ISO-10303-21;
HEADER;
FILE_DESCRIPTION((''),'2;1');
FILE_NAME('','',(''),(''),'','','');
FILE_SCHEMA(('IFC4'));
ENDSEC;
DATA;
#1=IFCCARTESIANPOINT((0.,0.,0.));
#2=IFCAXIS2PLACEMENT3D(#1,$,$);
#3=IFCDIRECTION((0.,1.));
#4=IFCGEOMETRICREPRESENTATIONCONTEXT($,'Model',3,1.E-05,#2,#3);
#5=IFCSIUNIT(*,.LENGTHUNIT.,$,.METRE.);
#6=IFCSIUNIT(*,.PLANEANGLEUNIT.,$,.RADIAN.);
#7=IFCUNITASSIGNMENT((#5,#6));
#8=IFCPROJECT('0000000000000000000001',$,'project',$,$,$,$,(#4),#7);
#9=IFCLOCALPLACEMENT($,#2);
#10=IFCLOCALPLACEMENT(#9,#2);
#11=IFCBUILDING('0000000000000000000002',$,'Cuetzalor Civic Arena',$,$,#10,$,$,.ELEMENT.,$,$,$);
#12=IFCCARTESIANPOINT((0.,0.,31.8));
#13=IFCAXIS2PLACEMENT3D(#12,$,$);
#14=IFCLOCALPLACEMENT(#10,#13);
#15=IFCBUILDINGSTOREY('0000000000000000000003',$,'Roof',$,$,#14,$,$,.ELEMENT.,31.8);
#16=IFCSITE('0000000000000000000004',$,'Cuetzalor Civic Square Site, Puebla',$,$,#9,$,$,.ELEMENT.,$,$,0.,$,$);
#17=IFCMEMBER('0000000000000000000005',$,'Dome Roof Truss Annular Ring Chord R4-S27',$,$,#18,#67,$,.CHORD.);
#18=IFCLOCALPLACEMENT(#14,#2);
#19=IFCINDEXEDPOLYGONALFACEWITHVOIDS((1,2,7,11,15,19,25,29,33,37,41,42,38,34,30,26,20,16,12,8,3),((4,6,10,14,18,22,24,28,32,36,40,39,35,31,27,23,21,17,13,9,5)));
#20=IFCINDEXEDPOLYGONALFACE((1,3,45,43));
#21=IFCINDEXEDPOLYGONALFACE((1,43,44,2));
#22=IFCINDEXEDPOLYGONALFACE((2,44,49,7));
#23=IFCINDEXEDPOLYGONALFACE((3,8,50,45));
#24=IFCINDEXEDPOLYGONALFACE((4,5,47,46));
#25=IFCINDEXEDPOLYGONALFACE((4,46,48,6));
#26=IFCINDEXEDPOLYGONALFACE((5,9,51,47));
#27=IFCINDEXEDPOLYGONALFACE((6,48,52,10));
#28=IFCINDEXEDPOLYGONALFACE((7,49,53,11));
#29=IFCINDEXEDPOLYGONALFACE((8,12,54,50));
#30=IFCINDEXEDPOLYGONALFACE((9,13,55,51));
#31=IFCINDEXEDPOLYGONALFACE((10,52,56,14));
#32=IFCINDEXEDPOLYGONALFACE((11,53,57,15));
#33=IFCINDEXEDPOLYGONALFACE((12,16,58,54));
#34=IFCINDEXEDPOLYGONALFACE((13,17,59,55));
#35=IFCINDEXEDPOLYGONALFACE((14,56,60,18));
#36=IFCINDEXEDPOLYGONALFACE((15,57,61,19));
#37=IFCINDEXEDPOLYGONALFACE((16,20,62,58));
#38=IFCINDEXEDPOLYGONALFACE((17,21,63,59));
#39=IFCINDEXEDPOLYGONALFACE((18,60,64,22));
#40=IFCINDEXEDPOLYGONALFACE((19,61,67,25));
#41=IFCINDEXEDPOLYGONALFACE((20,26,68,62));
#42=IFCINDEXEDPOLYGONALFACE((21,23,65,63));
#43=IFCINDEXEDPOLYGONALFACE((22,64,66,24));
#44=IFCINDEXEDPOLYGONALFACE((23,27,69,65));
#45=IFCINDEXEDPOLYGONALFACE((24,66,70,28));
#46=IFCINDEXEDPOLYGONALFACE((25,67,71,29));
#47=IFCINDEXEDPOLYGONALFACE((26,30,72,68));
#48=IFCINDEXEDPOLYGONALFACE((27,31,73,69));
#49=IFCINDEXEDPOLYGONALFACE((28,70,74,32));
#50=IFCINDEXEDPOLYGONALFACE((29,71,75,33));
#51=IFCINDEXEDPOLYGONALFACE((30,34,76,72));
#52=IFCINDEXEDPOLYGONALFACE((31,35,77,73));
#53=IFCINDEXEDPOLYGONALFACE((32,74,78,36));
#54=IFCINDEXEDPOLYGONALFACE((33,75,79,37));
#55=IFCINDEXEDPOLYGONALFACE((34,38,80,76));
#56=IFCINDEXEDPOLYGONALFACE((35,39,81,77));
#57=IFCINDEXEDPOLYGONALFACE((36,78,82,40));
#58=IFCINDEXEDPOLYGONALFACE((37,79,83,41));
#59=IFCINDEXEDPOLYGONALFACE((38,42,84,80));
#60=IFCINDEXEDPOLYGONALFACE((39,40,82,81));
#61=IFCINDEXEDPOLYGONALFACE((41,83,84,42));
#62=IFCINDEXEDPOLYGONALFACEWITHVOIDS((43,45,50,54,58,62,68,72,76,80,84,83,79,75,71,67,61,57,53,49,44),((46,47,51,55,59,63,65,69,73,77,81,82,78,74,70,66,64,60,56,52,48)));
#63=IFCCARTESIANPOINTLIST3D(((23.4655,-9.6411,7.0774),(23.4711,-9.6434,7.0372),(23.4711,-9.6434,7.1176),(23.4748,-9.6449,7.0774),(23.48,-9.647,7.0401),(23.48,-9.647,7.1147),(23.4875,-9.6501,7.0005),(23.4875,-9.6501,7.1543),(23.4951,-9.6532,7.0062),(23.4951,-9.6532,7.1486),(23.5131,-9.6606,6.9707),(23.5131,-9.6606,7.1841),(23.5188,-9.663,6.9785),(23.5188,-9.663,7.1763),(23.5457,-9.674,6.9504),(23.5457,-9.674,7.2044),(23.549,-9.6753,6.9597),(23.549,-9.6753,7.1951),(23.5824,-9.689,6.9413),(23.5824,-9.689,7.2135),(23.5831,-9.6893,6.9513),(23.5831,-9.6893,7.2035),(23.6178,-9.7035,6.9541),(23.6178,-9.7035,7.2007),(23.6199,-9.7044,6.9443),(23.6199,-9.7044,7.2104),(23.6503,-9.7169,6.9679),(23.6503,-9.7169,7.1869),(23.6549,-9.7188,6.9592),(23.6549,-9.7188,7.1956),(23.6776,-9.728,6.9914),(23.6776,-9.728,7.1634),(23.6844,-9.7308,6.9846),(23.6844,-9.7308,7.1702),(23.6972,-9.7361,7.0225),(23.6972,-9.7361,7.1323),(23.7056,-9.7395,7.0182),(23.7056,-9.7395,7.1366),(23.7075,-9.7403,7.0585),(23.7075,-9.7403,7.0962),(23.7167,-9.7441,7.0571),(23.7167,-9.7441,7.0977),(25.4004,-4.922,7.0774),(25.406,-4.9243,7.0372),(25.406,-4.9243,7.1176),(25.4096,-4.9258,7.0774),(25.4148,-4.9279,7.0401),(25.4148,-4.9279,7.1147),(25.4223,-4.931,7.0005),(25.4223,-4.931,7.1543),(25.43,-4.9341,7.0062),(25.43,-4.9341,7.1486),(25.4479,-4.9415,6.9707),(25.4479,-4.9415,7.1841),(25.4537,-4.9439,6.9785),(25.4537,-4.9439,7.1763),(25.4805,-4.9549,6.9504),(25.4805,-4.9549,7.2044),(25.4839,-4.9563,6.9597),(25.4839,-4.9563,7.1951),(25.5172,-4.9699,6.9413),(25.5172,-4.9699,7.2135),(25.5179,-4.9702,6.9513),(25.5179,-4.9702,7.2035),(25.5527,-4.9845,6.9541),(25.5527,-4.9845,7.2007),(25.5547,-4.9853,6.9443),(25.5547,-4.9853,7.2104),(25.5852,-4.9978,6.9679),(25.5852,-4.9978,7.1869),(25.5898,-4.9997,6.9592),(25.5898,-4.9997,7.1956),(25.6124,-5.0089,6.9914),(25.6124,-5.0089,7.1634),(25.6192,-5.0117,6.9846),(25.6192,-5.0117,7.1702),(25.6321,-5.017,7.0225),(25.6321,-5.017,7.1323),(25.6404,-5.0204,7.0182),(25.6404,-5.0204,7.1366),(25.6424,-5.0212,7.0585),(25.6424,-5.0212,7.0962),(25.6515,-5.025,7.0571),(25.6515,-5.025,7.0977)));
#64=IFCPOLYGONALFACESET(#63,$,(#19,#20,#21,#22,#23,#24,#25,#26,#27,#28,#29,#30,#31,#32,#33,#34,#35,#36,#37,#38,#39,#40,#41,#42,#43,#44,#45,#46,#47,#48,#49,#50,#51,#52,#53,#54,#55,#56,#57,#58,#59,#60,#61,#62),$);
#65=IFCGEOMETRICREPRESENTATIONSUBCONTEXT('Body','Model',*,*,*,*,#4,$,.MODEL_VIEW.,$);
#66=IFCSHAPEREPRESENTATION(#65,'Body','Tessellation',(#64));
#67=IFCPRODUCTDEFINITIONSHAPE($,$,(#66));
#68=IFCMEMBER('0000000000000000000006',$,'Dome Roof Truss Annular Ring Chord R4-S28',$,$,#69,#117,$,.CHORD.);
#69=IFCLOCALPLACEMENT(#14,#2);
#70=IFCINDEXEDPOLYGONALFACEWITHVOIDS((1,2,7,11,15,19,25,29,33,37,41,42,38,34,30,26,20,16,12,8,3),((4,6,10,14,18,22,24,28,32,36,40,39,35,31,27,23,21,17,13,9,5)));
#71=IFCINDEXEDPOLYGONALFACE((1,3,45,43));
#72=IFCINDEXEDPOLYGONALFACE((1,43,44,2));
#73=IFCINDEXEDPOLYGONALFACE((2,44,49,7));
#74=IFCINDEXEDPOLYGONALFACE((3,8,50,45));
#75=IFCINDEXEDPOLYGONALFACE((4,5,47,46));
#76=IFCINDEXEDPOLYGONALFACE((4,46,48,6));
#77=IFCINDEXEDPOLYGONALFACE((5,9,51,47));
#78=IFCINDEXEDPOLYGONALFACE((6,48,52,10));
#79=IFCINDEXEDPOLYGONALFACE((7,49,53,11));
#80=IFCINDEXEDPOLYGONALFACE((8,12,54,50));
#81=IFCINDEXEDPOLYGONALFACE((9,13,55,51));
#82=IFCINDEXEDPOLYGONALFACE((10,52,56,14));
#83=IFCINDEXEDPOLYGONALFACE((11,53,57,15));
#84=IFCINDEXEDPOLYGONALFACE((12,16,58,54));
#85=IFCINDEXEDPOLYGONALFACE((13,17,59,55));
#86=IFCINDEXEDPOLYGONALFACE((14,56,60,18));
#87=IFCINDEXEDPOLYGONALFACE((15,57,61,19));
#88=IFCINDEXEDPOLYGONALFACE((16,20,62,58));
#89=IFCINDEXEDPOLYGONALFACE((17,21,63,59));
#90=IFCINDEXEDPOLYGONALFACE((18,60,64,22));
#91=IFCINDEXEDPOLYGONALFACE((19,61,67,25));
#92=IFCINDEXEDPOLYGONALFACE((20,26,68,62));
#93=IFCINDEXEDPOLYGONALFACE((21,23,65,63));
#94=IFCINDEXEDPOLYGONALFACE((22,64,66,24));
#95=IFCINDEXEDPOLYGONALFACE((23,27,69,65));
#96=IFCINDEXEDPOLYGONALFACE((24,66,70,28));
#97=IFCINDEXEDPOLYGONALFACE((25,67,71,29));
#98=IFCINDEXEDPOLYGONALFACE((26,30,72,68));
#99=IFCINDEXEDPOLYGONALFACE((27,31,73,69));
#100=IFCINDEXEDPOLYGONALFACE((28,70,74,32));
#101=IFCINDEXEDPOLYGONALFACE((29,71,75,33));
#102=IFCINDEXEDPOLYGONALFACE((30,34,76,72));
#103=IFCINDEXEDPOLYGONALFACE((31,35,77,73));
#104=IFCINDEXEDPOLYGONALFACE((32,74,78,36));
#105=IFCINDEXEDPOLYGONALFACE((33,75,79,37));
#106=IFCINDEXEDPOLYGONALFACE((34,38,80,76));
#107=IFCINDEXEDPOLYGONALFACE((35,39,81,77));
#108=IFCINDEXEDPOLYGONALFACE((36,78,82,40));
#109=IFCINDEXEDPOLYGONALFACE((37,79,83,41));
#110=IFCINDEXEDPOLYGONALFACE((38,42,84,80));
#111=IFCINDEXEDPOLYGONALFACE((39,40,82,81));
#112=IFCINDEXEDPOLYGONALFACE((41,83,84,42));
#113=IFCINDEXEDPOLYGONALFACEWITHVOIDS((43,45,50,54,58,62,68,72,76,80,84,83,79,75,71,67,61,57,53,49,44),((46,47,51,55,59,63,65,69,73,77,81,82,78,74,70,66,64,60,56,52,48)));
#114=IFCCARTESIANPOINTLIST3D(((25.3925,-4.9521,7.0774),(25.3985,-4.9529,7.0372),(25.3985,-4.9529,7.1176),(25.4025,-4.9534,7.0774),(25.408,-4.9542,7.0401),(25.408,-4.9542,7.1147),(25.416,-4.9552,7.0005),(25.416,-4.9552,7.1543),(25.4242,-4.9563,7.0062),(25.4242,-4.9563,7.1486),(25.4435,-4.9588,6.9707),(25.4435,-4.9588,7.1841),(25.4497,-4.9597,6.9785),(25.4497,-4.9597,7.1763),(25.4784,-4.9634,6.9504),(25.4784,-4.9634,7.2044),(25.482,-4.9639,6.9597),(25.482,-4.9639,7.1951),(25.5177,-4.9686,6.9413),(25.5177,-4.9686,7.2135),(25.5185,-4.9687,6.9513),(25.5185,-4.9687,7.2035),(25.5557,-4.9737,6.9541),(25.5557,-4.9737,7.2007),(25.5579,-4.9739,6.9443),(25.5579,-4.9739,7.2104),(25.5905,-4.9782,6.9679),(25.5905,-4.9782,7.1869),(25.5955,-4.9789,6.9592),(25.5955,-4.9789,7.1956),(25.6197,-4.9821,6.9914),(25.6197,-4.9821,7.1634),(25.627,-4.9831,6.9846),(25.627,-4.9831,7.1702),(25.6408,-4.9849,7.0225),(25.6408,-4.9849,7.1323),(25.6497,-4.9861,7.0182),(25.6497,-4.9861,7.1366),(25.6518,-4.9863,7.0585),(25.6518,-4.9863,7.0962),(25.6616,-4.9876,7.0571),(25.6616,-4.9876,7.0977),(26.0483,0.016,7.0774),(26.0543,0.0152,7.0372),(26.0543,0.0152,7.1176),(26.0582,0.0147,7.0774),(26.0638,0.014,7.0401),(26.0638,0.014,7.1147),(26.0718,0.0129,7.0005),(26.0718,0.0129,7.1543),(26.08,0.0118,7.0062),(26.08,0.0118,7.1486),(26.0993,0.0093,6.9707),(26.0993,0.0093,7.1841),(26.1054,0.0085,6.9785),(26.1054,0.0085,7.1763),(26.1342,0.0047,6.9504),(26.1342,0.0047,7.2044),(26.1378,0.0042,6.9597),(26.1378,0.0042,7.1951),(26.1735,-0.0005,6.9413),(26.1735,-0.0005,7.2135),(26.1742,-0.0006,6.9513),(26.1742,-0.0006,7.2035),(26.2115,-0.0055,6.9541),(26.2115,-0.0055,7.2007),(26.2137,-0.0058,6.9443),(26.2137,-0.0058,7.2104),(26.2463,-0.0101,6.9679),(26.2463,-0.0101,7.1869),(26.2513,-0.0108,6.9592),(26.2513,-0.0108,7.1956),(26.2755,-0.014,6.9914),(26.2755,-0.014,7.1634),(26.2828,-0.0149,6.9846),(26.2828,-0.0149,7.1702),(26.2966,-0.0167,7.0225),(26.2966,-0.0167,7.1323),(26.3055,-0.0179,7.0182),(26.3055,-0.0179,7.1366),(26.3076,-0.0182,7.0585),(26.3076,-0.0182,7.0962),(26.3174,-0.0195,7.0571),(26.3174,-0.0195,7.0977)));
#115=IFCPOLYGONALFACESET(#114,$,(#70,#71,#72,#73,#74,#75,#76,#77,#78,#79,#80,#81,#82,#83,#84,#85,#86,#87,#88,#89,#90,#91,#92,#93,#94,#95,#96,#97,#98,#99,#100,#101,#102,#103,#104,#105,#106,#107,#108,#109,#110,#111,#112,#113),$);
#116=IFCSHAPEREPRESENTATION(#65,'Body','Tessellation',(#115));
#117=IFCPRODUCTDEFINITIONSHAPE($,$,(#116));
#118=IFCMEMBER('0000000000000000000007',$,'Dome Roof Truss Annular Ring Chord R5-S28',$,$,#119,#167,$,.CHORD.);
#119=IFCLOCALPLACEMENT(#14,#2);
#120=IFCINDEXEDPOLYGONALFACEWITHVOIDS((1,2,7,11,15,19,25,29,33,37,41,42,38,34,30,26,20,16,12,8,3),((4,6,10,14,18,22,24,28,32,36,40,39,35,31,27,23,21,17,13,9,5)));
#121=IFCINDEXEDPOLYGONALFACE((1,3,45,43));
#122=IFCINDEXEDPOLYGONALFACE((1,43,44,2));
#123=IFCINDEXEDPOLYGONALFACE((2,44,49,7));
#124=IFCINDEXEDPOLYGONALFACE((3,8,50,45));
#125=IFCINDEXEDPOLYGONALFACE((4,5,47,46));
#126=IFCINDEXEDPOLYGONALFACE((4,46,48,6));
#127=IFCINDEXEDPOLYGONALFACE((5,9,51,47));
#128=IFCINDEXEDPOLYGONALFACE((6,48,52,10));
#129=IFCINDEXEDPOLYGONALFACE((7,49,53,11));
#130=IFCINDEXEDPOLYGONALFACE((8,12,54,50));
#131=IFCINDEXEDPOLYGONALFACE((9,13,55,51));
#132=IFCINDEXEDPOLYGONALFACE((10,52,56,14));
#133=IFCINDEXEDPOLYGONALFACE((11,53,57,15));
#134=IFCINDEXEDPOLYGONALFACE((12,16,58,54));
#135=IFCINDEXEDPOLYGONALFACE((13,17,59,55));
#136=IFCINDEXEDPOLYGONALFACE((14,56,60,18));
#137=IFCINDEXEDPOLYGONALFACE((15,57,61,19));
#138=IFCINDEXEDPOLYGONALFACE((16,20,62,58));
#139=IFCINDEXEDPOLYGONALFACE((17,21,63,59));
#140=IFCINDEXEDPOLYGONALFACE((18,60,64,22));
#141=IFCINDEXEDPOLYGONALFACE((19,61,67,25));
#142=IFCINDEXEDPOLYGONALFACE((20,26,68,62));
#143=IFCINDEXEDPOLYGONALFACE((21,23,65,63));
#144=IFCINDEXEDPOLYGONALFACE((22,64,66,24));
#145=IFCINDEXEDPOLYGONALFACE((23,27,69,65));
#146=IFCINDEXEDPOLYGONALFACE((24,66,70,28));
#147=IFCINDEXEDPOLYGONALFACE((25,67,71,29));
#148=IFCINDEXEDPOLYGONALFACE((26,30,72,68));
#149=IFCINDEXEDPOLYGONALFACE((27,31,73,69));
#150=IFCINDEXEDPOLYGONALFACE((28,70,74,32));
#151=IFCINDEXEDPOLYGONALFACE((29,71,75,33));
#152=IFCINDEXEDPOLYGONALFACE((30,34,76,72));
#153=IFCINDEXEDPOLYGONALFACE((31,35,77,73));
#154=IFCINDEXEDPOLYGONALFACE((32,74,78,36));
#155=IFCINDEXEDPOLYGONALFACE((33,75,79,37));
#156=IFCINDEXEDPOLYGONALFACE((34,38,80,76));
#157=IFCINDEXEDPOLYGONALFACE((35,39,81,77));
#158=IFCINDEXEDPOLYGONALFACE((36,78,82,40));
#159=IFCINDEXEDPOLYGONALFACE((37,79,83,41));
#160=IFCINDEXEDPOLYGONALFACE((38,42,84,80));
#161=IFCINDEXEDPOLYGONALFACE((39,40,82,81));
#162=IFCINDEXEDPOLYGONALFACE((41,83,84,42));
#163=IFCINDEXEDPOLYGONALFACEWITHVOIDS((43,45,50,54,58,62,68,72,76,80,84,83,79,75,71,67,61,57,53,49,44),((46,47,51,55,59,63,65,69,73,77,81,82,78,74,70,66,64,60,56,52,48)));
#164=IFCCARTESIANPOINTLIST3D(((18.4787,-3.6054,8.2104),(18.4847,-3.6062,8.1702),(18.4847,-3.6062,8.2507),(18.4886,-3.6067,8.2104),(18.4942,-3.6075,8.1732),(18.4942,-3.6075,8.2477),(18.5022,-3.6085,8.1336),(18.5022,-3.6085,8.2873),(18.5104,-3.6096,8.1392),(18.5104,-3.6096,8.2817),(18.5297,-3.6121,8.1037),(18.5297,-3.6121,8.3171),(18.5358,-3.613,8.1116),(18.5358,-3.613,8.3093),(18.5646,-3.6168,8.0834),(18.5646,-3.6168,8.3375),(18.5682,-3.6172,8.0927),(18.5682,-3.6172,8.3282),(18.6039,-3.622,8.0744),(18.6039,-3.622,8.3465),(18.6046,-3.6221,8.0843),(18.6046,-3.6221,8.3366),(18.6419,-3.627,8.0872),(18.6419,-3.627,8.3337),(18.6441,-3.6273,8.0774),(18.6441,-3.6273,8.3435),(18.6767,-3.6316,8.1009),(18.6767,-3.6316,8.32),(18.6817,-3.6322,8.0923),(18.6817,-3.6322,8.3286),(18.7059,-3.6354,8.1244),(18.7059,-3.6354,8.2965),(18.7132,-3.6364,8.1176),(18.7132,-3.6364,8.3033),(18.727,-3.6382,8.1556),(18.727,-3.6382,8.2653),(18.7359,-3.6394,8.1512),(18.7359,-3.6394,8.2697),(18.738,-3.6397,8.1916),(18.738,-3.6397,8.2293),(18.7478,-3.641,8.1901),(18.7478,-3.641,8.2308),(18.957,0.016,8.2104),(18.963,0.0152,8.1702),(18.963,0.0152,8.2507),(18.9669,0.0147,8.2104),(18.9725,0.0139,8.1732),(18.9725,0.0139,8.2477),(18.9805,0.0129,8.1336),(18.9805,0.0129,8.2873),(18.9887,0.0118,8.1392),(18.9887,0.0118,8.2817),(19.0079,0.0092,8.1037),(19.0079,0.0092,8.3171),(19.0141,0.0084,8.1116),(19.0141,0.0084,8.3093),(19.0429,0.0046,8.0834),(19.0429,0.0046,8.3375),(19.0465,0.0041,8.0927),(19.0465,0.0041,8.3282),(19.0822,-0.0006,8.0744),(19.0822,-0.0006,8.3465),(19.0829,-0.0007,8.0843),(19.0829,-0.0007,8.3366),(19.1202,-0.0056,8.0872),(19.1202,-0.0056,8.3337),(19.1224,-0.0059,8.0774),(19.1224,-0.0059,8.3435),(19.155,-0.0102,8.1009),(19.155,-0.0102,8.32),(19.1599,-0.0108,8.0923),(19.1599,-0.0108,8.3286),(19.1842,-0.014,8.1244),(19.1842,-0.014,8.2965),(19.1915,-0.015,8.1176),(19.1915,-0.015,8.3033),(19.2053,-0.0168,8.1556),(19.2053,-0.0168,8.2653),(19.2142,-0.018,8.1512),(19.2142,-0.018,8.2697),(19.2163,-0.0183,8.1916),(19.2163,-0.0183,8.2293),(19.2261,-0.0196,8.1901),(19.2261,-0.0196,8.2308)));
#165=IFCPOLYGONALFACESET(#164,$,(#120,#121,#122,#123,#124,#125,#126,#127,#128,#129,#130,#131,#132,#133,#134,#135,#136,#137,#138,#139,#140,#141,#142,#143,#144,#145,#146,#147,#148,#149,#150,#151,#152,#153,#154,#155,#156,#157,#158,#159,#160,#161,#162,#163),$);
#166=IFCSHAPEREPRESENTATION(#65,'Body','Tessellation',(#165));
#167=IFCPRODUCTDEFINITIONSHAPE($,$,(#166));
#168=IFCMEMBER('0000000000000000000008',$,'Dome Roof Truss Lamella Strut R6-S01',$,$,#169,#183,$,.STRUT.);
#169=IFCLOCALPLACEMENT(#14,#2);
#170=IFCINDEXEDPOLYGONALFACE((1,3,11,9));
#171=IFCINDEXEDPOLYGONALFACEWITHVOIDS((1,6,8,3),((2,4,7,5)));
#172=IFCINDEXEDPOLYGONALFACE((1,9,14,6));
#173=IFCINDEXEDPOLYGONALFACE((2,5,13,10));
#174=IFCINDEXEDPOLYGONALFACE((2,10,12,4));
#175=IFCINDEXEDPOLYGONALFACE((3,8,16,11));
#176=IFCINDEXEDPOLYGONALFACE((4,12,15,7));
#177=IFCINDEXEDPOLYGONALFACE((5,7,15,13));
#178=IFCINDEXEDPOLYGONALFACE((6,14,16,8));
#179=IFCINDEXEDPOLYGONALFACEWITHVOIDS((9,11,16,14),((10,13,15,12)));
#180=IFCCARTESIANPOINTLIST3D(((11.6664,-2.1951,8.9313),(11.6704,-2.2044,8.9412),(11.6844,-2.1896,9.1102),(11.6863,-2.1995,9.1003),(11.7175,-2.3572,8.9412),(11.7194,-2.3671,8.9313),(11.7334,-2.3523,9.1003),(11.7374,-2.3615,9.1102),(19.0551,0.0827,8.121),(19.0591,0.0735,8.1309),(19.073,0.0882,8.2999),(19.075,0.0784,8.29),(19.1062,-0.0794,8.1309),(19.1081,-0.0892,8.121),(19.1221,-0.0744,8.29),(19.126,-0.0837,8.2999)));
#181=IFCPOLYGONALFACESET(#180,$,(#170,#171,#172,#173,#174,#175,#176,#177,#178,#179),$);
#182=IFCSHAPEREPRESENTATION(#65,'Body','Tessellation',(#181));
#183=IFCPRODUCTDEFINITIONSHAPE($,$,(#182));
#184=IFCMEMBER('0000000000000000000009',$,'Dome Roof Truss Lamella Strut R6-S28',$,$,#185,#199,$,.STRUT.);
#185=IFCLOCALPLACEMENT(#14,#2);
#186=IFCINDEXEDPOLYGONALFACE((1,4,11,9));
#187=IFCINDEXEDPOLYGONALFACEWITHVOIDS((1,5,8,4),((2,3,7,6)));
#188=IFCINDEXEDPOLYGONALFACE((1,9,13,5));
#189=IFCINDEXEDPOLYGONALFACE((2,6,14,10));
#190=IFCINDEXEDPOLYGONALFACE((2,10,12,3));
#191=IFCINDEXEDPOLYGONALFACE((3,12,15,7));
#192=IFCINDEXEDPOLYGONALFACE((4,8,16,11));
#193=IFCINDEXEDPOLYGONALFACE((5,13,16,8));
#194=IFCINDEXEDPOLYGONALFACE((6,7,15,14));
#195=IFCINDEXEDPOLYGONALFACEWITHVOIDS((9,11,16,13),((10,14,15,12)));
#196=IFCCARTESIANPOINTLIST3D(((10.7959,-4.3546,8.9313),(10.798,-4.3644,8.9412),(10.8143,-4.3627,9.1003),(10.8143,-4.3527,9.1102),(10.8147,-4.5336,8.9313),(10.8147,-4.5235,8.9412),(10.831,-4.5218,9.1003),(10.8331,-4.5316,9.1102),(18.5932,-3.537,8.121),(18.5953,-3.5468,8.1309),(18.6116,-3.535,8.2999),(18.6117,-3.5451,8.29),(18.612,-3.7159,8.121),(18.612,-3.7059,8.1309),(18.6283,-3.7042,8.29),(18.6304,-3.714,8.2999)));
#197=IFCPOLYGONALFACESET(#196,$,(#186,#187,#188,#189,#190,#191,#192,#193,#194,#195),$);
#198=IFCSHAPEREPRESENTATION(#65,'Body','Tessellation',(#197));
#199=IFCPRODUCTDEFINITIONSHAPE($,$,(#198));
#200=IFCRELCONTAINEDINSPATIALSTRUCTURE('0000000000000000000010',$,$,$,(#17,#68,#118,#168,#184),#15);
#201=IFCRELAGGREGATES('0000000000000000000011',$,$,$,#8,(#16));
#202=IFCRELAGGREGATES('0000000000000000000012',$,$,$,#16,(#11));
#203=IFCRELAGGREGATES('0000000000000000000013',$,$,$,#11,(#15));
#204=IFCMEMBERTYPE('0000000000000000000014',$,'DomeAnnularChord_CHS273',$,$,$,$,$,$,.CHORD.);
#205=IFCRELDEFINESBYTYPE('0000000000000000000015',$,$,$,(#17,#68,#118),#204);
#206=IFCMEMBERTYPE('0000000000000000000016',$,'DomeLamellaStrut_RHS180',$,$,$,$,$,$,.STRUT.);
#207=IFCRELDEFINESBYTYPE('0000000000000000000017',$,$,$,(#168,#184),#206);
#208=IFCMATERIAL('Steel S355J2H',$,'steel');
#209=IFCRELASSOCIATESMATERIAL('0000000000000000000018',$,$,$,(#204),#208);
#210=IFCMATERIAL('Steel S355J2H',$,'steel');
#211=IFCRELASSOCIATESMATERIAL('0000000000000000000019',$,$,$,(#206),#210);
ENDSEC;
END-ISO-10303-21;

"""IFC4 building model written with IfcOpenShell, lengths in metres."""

from ifc_helpers import new_model, si_unit, direction, frame, origin, origin_2d, place, context, subcontext, project, spatial, hollow_rectangle, hollow_circle, extrude, material, material_profile, profile_set, type_object, element, save


model = new_model("IFC4")

# Units and contexts
model_context = context("Model", 3, precision=1e-05, world=origin(), true_north=direction((0.0, 1.0)))
body_context = subcontext(model_context, "Body", "Model", "MODEL_VIEW")
ifc_project = project(units=[si_unit("LENGTHUNIT", "METRE"), si_unit("PLANEANGLEUNIT", "RADIAN")], contexts=[model_context])

# Site, building, storey
site_placement = place(None, origin())
site = spatial("IfcSite", under=ifc_project, at=site_placement, Name="Cuetzalor Civic Square Site, Puebla", CompositionType="ELEMENT", RefElevation=0.0)
building_placement = place(site_placement, origin())
building = spatial("IfcBuilding", under=site, at=building_placement, Name="Cuetzalor Civic Arena", CompositionType="ELEMENT")
storey_placement = place(building_placement, frame((0.0, 0.0, 31.8)))
storey = spatial("IfcBuildingStorey", under=building, at=storey_placement, Name="Roof", CompositionType="ELEMENT", Elevation=31.8)

# Members
ifc_material_1 = material(Name="Steel S355J2H", Category="steel")
ifc_material_profile_1 = material_profile(ifc_material_1, hollow_circle(Radius=0.1365, WallThickness=0.01, at=origin_2d()), Name="CHS 273x10")
ifc_profile_set_1 = profile_set([ifc_material_profile_1], Name="Steel S355J2H")
member_type_1 = type_object("IfcMemberType", Name="DomeAnnularChord_CHS273", PredefinedType="CHORD", material=ifc_profile_set_1)
member_1_placement = place(storey_placement, frame((23.5918, -9.6929, 7.0774), z_axis=(0.379358, 0.92525, 0.0), x_axis=(-0.92525, 0.379358, 0.0)))
element("IfcMember", 1, at=member_1_placement, inside=storey, type_object=member_type_1, Name="Dome Roof Truss Annular Ring Chord R4-S27", PredefinedType="CHORD", context=body_context, shape_type="SweptSolid", body=[
    extrude(hollow_circle(Radius=0.1365, WallThickness=0.01, at=origin_2d()), origin(), (0.0, 0.0, 1.0), 5.1003),
])
member_2_placement = place(storey_placement, frame((25.5278, -4.97, 7.0774), z_axis=(0.130862, 0.991401, 0.0), x_axis=(-0.991401, 0.130862, 0.0)))
element("IfcMember", 2, at=member_2_placement, inside=storey, type_object=member_type_1, Name="Dome Roof Truss Annular Ring Chord R4-S28", PredefinedType="CHORD", context=body_context, shape_type="SweptSolid", body=[
    extrude(hollow_circle(Radius=0.1365, WallThickness=0.01, at=origin_2d()), origin(), (0.0, 0.0, 1.0), 5.0112),
])
member_3_placement = place(storey_placement, frame((18.614, -3.6233, 8.2104), z_axis=(0.130933, 0.991391, 0.0), x_axis=(-0.991391, 0.130933, 0.0)))
element("IfcMember", 3, at=member_3_placement, inside=storey, type_object=member_type_1, Name="Dome Roof Truss Annular Ring Chord R5-S28", PredefinedType="CHORD", context=body_context, shape_type="SweptSolid", body=[
    extrude(hollow_circle(Radius=0.1365, WallThickness=0.01, at=origin_2d()), origin(), (0.0, 0.0, 1.0), 3.6528),
])
ifc_material_2 = material(Name="Steel S355J2H", Category="steel")
ifc_material_profile_2 = material_profile(ifc_material_2, hollow_rectangle(XDim=0.1799, YDim=0.1799, WallThickness=0.01, at=origin_2d()), Name="RHS 180x180x10")
ifc_profile_set_2 = profile_set([ifc_material_profile_2], Name="Steel S355J2H")
member_type_2 = type_object("IfcMemberType", Name="DomeLamellaStrut_RHS180", PredefinedType="STRUT", material=ifc_profile_set_2)
member_4_placement = place(storey_placement, frame((19.0906, -0.0005, 8.2104), z_axis=(-0.950414, -0.293, 0.10423), x_axis=(0.294605, -0.955619, 0.0)))
element("IfcMember", 4, at=member_4_placement, inside=storey, type_object=member_type_2, Name="Dome Roof Truss Lamella Strut R6-S01", PredefinedType="STRUT", context=body_context, shape_type="SweptSolid", body=[
    extrude(hollow_rectangle(XDim=0.1799, YDim=0.1799, WallThickness=0.01, at=origin_2d()), origin(), (0.0, 0.0, 1.0), 7.7742),
])
member_5_placement = place(storey_placement, frame((18.6118, -3.6255, 8.2104), z_axis=(-0.989278, -0.103735, 0.102806), x_axis=(0.104288, -0.994547, 0.0)))
element("IfcMember", 5, at=member_5_placement, inside=storey, type_object=member_type_2, Name="Dome Roof Truss Lamella Strut R6-S28", PredefinedType="STRUT", context=body_context, shape_type="SweptSolid", body=[
    extrude(hollow_rectangle(XDim=0.1799, YDim=0.1799, WallThickness=0.01, at=origin_2d()), origin(), (0.0, 0.0, 1.0), 7.8818),
])

save(model, "model.ifc")
